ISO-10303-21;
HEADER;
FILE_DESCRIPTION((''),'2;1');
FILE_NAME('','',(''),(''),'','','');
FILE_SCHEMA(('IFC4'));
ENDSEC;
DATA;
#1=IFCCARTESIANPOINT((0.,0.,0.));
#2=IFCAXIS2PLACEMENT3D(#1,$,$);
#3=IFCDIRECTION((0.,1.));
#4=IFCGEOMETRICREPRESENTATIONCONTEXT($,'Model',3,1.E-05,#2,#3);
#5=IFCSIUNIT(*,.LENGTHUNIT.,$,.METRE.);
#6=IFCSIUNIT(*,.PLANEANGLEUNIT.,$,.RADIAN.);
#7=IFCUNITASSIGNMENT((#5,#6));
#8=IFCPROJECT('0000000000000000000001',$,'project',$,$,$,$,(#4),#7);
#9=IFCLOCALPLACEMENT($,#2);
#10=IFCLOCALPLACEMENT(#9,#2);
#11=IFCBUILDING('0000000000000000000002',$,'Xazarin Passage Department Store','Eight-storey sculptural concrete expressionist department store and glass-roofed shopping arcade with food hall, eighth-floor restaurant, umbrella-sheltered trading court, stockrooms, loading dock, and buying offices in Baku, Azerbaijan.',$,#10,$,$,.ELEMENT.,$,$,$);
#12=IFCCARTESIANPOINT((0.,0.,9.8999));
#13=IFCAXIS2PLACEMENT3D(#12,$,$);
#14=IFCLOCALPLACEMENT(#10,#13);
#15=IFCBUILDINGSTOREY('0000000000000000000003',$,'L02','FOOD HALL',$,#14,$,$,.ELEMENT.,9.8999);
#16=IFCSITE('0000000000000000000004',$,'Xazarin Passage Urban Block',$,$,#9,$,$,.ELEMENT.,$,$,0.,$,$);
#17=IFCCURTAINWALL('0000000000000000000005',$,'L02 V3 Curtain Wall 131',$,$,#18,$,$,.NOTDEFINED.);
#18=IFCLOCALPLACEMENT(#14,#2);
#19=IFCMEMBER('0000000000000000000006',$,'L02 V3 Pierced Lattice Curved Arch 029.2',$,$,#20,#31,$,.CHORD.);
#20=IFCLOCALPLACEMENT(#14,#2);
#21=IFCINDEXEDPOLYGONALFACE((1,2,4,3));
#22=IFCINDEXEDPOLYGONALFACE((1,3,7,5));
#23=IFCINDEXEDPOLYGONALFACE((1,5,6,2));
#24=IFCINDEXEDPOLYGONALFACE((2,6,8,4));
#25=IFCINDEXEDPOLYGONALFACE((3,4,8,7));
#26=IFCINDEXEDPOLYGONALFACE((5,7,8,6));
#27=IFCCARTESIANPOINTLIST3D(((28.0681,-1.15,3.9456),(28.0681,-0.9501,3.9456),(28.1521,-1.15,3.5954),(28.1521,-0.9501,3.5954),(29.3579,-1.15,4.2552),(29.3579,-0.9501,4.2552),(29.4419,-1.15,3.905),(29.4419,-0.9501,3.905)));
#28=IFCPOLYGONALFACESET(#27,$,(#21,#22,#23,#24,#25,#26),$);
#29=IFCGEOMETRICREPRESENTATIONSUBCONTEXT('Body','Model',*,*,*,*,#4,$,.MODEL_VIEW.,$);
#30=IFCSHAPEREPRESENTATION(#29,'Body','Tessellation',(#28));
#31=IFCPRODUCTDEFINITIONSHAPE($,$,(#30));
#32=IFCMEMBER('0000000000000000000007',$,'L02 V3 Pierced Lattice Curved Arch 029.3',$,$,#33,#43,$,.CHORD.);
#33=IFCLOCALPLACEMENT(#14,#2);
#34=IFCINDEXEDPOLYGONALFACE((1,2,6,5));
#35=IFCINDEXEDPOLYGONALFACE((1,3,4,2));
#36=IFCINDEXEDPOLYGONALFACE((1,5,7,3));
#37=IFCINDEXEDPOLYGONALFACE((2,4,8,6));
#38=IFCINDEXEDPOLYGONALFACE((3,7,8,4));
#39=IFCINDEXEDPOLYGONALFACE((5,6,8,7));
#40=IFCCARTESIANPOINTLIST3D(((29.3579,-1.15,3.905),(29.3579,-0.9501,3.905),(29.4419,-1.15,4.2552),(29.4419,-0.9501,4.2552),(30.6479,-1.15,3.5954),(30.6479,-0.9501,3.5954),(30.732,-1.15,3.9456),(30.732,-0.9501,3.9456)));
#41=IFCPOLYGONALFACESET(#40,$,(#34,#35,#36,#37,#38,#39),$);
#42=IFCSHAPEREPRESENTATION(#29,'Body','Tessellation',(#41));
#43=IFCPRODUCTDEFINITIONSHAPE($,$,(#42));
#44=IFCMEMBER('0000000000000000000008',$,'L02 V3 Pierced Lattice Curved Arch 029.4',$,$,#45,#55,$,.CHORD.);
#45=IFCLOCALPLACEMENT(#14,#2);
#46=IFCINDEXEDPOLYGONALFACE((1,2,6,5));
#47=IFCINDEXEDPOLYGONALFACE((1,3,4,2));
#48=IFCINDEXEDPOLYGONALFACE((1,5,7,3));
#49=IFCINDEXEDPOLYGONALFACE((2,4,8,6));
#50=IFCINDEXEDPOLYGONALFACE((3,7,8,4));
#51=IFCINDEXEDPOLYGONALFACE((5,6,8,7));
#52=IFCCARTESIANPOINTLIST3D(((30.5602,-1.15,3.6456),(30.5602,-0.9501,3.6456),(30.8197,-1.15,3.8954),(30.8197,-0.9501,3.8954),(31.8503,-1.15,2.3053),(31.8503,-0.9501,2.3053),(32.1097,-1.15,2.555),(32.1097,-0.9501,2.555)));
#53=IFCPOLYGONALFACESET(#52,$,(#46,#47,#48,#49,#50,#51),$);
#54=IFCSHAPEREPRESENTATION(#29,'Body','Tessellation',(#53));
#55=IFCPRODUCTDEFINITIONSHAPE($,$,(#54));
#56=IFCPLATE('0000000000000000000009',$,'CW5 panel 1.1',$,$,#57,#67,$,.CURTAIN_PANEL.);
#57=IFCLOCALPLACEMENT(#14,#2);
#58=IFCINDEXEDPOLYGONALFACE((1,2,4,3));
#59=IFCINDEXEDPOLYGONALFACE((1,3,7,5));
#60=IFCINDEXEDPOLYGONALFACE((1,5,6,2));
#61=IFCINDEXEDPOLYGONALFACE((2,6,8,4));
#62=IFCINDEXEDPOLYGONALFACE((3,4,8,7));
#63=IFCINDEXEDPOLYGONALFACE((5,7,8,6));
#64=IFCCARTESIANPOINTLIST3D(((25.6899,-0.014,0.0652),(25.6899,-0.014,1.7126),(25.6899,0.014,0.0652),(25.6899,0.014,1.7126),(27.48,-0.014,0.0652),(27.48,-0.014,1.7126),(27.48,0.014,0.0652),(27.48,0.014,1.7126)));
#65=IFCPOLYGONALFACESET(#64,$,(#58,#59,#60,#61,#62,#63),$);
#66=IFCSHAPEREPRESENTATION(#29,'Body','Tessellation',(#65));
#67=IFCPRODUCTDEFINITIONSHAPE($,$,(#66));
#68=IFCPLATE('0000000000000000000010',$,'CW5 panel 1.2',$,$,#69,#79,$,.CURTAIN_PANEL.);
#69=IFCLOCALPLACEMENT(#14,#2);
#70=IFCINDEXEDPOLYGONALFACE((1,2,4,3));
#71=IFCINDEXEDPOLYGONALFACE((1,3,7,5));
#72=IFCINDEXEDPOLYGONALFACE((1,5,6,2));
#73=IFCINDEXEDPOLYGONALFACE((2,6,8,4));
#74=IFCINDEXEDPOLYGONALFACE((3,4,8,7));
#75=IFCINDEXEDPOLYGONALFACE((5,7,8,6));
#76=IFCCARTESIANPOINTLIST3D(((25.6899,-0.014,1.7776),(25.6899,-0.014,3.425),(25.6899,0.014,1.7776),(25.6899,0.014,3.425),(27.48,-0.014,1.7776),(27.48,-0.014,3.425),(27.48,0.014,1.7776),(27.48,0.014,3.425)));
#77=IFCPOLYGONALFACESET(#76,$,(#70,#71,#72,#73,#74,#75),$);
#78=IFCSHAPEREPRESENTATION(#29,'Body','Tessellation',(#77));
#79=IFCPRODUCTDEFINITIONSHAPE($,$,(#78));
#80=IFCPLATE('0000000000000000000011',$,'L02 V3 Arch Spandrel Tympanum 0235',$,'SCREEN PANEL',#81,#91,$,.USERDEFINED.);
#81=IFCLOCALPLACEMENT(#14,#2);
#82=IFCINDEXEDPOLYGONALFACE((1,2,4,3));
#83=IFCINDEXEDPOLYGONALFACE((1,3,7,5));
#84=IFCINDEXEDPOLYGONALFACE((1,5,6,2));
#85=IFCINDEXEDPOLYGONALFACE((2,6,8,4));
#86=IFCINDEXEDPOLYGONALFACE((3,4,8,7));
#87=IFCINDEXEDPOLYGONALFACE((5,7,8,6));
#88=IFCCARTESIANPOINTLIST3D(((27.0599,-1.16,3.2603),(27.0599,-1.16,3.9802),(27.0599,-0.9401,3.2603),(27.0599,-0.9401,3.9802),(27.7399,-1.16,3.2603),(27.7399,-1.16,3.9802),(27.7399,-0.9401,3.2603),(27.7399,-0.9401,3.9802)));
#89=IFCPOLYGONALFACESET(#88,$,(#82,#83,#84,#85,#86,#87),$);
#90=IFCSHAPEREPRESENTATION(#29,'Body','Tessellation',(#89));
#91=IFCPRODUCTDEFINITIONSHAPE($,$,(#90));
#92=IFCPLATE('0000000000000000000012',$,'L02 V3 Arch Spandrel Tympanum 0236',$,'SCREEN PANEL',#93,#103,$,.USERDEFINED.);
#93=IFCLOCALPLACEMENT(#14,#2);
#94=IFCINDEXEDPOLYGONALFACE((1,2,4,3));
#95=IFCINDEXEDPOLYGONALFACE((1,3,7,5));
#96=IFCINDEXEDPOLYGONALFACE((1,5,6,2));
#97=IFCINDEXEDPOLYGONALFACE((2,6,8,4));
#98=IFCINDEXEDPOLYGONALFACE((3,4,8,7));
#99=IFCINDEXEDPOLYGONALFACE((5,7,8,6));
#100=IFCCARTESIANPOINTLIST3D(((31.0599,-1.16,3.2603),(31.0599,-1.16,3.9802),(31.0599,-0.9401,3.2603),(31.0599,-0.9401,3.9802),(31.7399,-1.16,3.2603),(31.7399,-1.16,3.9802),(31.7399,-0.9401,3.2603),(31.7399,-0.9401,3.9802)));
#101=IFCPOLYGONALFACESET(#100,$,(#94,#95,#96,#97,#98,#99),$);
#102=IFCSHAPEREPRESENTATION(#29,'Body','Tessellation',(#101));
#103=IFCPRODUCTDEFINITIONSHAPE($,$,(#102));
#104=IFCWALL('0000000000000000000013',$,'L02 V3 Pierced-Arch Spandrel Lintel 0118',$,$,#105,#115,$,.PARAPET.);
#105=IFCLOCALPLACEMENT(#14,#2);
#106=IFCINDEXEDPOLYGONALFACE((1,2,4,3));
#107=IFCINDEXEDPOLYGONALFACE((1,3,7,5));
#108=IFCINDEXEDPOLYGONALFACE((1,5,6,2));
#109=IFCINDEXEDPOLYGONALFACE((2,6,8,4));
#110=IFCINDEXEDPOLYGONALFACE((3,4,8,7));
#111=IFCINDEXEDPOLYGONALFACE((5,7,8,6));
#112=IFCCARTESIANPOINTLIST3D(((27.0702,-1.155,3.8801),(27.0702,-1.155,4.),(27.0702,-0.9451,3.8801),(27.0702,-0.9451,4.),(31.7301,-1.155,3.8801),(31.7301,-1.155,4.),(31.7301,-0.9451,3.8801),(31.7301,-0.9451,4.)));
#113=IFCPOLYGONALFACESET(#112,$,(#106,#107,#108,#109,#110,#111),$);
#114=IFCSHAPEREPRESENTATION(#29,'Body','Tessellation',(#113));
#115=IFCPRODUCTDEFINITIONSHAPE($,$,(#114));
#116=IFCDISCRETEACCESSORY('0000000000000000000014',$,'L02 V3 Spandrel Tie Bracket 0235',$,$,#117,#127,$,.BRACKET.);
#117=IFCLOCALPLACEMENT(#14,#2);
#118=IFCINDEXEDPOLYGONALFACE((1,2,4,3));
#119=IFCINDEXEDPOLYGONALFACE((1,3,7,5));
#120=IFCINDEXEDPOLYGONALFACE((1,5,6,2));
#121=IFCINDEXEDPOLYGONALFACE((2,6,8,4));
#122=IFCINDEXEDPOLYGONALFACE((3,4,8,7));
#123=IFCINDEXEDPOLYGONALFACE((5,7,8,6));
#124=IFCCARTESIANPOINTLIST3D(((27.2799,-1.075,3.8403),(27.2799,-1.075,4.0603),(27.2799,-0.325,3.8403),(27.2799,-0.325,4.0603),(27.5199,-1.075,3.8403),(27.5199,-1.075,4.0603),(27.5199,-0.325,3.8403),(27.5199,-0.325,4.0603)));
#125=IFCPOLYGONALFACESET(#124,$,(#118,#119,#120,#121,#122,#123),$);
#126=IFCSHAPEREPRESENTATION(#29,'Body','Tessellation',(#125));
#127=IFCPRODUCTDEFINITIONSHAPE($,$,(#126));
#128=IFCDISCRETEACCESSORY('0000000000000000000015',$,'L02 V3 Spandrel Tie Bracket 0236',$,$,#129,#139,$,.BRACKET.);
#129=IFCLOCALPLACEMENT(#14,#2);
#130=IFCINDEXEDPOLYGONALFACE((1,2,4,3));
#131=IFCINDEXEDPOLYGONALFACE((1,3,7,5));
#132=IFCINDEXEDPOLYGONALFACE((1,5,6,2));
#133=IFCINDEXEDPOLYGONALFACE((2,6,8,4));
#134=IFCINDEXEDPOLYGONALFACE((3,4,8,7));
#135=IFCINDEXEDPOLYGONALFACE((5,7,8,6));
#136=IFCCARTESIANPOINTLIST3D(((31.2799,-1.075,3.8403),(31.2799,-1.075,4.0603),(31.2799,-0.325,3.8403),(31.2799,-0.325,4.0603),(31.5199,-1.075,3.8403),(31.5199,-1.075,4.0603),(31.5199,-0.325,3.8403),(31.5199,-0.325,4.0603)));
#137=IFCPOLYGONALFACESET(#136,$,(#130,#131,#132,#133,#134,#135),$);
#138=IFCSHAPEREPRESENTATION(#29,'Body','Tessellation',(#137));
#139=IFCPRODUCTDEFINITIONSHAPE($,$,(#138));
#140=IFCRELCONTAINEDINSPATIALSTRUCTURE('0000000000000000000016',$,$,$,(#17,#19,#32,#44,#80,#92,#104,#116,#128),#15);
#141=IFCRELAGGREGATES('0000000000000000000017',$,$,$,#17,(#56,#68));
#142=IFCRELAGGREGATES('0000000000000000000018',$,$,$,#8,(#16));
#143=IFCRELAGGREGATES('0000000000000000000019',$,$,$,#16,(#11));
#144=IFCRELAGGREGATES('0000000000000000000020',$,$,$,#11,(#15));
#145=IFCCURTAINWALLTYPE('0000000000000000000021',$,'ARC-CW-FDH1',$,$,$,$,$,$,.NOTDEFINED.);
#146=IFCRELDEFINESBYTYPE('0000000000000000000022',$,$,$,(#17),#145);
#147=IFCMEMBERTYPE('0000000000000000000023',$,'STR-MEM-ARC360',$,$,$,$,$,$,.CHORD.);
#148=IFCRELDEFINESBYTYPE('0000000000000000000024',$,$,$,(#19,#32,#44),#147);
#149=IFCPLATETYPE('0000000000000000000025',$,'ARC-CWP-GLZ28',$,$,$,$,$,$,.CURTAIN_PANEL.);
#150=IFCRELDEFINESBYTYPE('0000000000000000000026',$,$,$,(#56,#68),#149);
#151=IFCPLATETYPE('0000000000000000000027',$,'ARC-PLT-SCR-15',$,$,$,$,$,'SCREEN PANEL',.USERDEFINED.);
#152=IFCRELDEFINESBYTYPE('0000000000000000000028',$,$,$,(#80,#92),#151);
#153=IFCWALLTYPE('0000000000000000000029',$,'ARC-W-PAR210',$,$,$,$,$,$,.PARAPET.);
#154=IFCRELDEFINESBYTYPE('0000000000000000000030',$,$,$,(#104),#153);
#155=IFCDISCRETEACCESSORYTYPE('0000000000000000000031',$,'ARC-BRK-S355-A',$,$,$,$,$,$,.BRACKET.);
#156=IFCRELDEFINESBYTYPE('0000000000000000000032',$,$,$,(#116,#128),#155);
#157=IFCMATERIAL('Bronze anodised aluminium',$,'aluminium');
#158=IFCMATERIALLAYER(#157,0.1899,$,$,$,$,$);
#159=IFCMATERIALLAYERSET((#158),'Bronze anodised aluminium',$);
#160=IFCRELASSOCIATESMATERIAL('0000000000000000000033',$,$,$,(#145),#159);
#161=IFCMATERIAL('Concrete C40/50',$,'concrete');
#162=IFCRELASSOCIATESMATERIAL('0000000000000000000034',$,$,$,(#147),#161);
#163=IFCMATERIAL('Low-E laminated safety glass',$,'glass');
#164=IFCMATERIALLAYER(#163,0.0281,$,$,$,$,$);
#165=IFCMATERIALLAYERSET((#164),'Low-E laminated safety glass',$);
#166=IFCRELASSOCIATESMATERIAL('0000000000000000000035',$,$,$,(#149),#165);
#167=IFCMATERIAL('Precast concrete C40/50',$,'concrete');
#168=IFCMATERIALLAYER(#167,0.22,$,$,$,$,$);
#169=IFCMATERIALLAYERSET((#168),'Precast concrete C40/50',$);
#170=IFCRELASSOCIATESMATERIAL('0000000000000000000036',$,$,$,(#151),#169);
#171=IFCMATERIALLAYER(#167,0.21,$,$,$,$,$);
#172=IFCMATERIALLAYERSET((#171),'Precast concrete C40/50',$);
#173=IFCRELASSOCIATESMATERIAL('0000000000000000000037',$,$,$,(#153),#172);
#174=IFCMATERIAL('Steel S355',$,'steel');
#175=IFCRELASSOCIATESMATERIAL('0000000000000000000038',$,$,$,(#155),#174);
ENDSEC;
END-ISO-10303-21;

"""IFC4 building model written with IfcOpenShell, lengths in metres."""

from ifc_helpers import new_model, si_unit, direction, frame, frame_2d, origin, origin_2d, place, context, subcontext, project, spatial, rectangle, extrude, material, layer, layer_set, material_profile, profile_set, type_object, element, aggregate, save


model = new_model("IFC4")

# Units and contexts
model_context = context("Model", 3, precision=1e-05, world=origin(), true_north=direction((0.0, 1.0)))
body_context = subcontext(model_context, "Body", "Model", "MODEL_VIEW")
ifc_project = project(units=[si_unit("LENGTHUNIT", "METRE"), si_unit("PLANEANGLEUNIT", "RADIAN")], contexts=[model_context])

# Site, building, storey
site_placement = place(None, origin())
site = spatial("IfcSite", under=ifc_project, at=site_placement, Name="Xazarin Passage Urban Block", CompositionType="ELEMENT", RefElevation=0.0)
building_placement = place(site_placement, origin())
building = spatial("IfcBuilding", under=site, at=building_placement, Name="Xazarin Passage Department Store", Description="Eight-storey sculptural concrete expressionist department store and glass-roofed shopping arcade with food hall, eighth-floor restaurant, umbrella-sheltered trading court, stockrooms, loading dock, and buying offices in Baku, Azerbaijan.", CompositionType="ELEMENT")
storey_placement = place(building_placement, frame((0.0, 0.0, 9.8999)))
storey = spatial("IfcBuildingStorey", under=building, at=storey_placement, Name="L02", Description="FOOD HALL", CompositionType="ELEMENT", Elevation=9.8999)

# Shared definitions
ifc_material_1 = material(Name="Concrete C40/50", Category="concrete")

# Curtain wall
ifc_material_2 = material(Name="Bronze anodised aluminium", Category="aluminium")
ifc_layer_1 = layer(ifc_material_2, 0.1899)
ifc_layer_set_1 = layer_set([ifc_layer_1], Name="Bronze anodised aluminium")
curtain_wall_type = type_object("IfcCurtainWallType", Name="ARC-CW-FDH1", PredefinedType="NOTDEFINED", material=ifc_layer_set_1)
curtain_wall_placement = place(storey_placement, origin())
curtain_wall = element("IfcCurtainWall", 1, at=curtain_wall_placement, inside=storey, type_object=curtain_wall_type, Name="L02 V3 Curtain Wall 131", PredefinedType="NOTDEFINED")

# Members
ifc_material_profile_1 = material_profile(ifc_material_1, rectangle(XDim=0.2, YDim=0.3601, at=origin_2d()), Name="RC 200x360")
ifc_profile_set_1 = profile_set([ifc_material_profile_1], Name="Concrete C40/50")
member_type_1 = type_object("IfcMemberType", Name="STR-MEM-ARC360", PredefinedType="CHORD", material=ifc_profile_set_1)
member_1_placement = place(storey_placement, frame((28.1101, -1.05, 3.7705), z_axis=(0.972384, 0.0, 0.233387), x_axis=(0.0, 1.0, 0.0)))
element("IfcMember", 2, at=member_1_placement, inside=storey, type_object=member_type_1, Name="L02 V3 Pierced Lattice Curved Arch 029.2", PredefinedType="CHORD", context=body_context, shape_type="SweptSolid", body=[
    extrude(rectangle(XDim=0.2, YDim=0.3601, at=origin_2d()), origin(), (0.0, 0.0, 1.0), 1.3264),
])
member_2_placement = place(storey_placement, frame((29.3999, -1.05, 4.0801), z_axis=(0.972394, 0.0, -0.233345), x_axis=(0.0, 1.0, 0.0)))
element("IfcMember", 3, at=member_2_placement, inside=storey, type_object=member_type_1, Name="L02 V3 Pierced Lattice Curved Arch 029.3", PredefinedType="CHORD", context=body_context, shape_type="SweptSolid", body=[
    extrude(rectangle(XDim=0.2, YDim=0.3601, at=origin_2d()), origin(), (0.0, 0.0, 1.0), 1.3267),
])
member_3_placement = place(storey_placement, frame((30.6899, -1.05, 3.7705), z_axis=(0.69346, 0.0, -0.720495), x_axis=(0.0, 1.0, 0.0)))
element("IfcMember", 4, at=member_3_placement, inside=storey, type_object=member_type_1, Name="L02 V3 Pierced Lattice Curved Arch 029.4", PredefinedType="CHORD", context=body_context, shape_type="SweptSolid", body=[
    extrude(rectangle(XDim=0.2, YDim=0.3601, at=origin_2d()), origin(), (0.0, 0.0, 1.0), 1.8604),
])

# Plates
ifc_material_3 = material(Name="Low-E laminated safety glass", Category="glass")
ifc_layer_2 = layer(ifc_material_3, 0.0281)
ifc_layer_set_2 = layer_set([ifc_layer_2], Name="Low-E laminated safety glass")
plate_type_1 = type_object("IfcPlateType", Name="ARC-CWP-GLZ28", PredefinedType="CURTAIN_PANEL", material=ifc_layer_set_2)
plate_1_placement = place(storey_placement, frame((26.585, 0.0, 0.0652), z_axis=(0.0, 0.0, 1.0), x_axis=(1.0, 0.0, 0.0)))
plate_1 = element("IfcPlate", 5, at=plate_1_placement, type_object=plate_type_1, Name="CW5 panel 1.1", PredefinedType="CURTAIN_PANEL", context=body_context, shape_type="SweptSolid", body=[
    extrude(rectangle(XDim=1.79, YDim=0.0281, at=origin_2d()), origin(), (0.0, 0.0, 1.0), 1.6475),
])
plate_2_placement = place(storey_placement, frame((26.585, 0.0, 1.7776), z_axis=(0.0, 0.0, 1.0), x_axis=(1.0, 0.0, 0.0)))
plate_2 = element("IfcPlate", 6, at=plate_2_placement, type_object=plate_type_1, Name="CW5 panel 1.2", PredefinedType="CURTAIN_PANEL", context=body_context, shape_type="SweptSolid", body=[
    extrude(rectangle(XDim=1.79, YDim=0.0281, at=origin_2d()), origin(), (0.0, 0.0, 1.0), 1.6475),
])
aggregate(curtain_wall, [plate_1, plate_2])

# Plates
ifc_material_4 = material(Name="Precast concrete C40/50", Category="concrete")
ifc_layer_3 = layer(ifc_material_4, 0.22)
ifc_layer_set_3 = layer_set([ifc_layer_3], Name="Precast concrete C40/50")
plate_type_2 = type_object("IfcPlateType", Name="ARC-PLT-SCR-15", ElementType="SCREEN PANEL", PredefinedType="USERDEFINED", material=ifc_layer_set_3)
for number, where, z_axis, x_axis, name in (
    (7, (27.3999, -1.05, 3.2603), (0.0, 0.0, 1.0), (1.0, 0.0, 0.0), "L02 V3 Arch Spandrel Tympanum 0235"),
    (8, (31.3999, -1.05, 3.2603), (0.0, 0.0, 1.0), (1.0, 0.0, 0.0), "L02 V3 Arch Spandrel Tympanum 0236"),
):
    element("IfcPlate", number, at=place(storey_placement, frame(where, z_axis=z_axis, x_axis=x_axis)), inside=storey, type_object=plate_type_2, Name=name, ObjectType="SCREEN PANEL", PredefinedType="USERDEFINED", context=body_context, shape_type="SweptSolid", body=[
        extrude(rectangle(XDim=0.6799, YDim=0.22, at=origin_2d()), origin(), (0.0, 0.0, 1.0), 0.72),
    ])

# Wall
ifc_layer_4 = layer(ifc_material_4, 0.21)
ifc_layer_set_4 = layer_set([ifc_layer_4], Name="Precast concrete C40/50")
wall_type = type_object("IfcWallType", Name="ARC-W-PAR210", PredefinedType="PARAPET", material=ifc_layer_set_4)
wall_placement = place(storey_placement, frame((27.0701, -1.05, 3.8801), z_axis=(0.0, 0.0, 1.0), x_axis=(1.0, 0.0, 0.0)))
element("IfcWall", 9, at=wall_placement, inside=storey, type_object=wall_type, Name="L02 V3 Pierced-Arch Spandrel Lintel 0118", PredefinedType="PARAPET", context=body_context, shape_type="SweptSolid", body=[
    extrude(rectangle(XDim=4.6599, YDim=0.21, at=frame_2d((2.3301, 0.0))), origin(), (0.0, 0.0, 1.0), 0.1199),
])

# Discrete accessories
ifc_material_5 = material(Name="Steel S355", Category="steel")
discrete_accessory_type = type_object("IfcDiscreteAccessoryType", Name="ARC-BRK-S355-A", PredefinedType="BRACKET", material=ifc_material_5)
for number, where, z_axis, x_axis, name in (
    (10, (27.3999, -0.7, 3.8403), (0.0, 0.0, 1.0), (1.0, 0.0, 0.0), "L02 V3 Spandrel Tie Bracket 0235"),
    (11, (31.3999, -0.7, 3.8403), (0.0, 0.0, 1.0), (1.0, 0.0, 0.0), "L02 V3 Spandrel Tie Bracket 0236"),
):
    element("IfcDiscreteAccessory", number, at=place(storey_placement, frame(where, z_axis=z_axis, x_axis=x_axis)), inside=storey, type_object=discrete_accessory_type, Name=name, PredefinedType="BRACKET", context=body_context, shape_type="SweptSolid", body=[
        extrude(rectangle(XDim=0.24, YDim=0.75, at=origin_2d()), origin(), (0.0, 0.0, 1.0), 0.22),
    ])

save(model, "model.ifc")
